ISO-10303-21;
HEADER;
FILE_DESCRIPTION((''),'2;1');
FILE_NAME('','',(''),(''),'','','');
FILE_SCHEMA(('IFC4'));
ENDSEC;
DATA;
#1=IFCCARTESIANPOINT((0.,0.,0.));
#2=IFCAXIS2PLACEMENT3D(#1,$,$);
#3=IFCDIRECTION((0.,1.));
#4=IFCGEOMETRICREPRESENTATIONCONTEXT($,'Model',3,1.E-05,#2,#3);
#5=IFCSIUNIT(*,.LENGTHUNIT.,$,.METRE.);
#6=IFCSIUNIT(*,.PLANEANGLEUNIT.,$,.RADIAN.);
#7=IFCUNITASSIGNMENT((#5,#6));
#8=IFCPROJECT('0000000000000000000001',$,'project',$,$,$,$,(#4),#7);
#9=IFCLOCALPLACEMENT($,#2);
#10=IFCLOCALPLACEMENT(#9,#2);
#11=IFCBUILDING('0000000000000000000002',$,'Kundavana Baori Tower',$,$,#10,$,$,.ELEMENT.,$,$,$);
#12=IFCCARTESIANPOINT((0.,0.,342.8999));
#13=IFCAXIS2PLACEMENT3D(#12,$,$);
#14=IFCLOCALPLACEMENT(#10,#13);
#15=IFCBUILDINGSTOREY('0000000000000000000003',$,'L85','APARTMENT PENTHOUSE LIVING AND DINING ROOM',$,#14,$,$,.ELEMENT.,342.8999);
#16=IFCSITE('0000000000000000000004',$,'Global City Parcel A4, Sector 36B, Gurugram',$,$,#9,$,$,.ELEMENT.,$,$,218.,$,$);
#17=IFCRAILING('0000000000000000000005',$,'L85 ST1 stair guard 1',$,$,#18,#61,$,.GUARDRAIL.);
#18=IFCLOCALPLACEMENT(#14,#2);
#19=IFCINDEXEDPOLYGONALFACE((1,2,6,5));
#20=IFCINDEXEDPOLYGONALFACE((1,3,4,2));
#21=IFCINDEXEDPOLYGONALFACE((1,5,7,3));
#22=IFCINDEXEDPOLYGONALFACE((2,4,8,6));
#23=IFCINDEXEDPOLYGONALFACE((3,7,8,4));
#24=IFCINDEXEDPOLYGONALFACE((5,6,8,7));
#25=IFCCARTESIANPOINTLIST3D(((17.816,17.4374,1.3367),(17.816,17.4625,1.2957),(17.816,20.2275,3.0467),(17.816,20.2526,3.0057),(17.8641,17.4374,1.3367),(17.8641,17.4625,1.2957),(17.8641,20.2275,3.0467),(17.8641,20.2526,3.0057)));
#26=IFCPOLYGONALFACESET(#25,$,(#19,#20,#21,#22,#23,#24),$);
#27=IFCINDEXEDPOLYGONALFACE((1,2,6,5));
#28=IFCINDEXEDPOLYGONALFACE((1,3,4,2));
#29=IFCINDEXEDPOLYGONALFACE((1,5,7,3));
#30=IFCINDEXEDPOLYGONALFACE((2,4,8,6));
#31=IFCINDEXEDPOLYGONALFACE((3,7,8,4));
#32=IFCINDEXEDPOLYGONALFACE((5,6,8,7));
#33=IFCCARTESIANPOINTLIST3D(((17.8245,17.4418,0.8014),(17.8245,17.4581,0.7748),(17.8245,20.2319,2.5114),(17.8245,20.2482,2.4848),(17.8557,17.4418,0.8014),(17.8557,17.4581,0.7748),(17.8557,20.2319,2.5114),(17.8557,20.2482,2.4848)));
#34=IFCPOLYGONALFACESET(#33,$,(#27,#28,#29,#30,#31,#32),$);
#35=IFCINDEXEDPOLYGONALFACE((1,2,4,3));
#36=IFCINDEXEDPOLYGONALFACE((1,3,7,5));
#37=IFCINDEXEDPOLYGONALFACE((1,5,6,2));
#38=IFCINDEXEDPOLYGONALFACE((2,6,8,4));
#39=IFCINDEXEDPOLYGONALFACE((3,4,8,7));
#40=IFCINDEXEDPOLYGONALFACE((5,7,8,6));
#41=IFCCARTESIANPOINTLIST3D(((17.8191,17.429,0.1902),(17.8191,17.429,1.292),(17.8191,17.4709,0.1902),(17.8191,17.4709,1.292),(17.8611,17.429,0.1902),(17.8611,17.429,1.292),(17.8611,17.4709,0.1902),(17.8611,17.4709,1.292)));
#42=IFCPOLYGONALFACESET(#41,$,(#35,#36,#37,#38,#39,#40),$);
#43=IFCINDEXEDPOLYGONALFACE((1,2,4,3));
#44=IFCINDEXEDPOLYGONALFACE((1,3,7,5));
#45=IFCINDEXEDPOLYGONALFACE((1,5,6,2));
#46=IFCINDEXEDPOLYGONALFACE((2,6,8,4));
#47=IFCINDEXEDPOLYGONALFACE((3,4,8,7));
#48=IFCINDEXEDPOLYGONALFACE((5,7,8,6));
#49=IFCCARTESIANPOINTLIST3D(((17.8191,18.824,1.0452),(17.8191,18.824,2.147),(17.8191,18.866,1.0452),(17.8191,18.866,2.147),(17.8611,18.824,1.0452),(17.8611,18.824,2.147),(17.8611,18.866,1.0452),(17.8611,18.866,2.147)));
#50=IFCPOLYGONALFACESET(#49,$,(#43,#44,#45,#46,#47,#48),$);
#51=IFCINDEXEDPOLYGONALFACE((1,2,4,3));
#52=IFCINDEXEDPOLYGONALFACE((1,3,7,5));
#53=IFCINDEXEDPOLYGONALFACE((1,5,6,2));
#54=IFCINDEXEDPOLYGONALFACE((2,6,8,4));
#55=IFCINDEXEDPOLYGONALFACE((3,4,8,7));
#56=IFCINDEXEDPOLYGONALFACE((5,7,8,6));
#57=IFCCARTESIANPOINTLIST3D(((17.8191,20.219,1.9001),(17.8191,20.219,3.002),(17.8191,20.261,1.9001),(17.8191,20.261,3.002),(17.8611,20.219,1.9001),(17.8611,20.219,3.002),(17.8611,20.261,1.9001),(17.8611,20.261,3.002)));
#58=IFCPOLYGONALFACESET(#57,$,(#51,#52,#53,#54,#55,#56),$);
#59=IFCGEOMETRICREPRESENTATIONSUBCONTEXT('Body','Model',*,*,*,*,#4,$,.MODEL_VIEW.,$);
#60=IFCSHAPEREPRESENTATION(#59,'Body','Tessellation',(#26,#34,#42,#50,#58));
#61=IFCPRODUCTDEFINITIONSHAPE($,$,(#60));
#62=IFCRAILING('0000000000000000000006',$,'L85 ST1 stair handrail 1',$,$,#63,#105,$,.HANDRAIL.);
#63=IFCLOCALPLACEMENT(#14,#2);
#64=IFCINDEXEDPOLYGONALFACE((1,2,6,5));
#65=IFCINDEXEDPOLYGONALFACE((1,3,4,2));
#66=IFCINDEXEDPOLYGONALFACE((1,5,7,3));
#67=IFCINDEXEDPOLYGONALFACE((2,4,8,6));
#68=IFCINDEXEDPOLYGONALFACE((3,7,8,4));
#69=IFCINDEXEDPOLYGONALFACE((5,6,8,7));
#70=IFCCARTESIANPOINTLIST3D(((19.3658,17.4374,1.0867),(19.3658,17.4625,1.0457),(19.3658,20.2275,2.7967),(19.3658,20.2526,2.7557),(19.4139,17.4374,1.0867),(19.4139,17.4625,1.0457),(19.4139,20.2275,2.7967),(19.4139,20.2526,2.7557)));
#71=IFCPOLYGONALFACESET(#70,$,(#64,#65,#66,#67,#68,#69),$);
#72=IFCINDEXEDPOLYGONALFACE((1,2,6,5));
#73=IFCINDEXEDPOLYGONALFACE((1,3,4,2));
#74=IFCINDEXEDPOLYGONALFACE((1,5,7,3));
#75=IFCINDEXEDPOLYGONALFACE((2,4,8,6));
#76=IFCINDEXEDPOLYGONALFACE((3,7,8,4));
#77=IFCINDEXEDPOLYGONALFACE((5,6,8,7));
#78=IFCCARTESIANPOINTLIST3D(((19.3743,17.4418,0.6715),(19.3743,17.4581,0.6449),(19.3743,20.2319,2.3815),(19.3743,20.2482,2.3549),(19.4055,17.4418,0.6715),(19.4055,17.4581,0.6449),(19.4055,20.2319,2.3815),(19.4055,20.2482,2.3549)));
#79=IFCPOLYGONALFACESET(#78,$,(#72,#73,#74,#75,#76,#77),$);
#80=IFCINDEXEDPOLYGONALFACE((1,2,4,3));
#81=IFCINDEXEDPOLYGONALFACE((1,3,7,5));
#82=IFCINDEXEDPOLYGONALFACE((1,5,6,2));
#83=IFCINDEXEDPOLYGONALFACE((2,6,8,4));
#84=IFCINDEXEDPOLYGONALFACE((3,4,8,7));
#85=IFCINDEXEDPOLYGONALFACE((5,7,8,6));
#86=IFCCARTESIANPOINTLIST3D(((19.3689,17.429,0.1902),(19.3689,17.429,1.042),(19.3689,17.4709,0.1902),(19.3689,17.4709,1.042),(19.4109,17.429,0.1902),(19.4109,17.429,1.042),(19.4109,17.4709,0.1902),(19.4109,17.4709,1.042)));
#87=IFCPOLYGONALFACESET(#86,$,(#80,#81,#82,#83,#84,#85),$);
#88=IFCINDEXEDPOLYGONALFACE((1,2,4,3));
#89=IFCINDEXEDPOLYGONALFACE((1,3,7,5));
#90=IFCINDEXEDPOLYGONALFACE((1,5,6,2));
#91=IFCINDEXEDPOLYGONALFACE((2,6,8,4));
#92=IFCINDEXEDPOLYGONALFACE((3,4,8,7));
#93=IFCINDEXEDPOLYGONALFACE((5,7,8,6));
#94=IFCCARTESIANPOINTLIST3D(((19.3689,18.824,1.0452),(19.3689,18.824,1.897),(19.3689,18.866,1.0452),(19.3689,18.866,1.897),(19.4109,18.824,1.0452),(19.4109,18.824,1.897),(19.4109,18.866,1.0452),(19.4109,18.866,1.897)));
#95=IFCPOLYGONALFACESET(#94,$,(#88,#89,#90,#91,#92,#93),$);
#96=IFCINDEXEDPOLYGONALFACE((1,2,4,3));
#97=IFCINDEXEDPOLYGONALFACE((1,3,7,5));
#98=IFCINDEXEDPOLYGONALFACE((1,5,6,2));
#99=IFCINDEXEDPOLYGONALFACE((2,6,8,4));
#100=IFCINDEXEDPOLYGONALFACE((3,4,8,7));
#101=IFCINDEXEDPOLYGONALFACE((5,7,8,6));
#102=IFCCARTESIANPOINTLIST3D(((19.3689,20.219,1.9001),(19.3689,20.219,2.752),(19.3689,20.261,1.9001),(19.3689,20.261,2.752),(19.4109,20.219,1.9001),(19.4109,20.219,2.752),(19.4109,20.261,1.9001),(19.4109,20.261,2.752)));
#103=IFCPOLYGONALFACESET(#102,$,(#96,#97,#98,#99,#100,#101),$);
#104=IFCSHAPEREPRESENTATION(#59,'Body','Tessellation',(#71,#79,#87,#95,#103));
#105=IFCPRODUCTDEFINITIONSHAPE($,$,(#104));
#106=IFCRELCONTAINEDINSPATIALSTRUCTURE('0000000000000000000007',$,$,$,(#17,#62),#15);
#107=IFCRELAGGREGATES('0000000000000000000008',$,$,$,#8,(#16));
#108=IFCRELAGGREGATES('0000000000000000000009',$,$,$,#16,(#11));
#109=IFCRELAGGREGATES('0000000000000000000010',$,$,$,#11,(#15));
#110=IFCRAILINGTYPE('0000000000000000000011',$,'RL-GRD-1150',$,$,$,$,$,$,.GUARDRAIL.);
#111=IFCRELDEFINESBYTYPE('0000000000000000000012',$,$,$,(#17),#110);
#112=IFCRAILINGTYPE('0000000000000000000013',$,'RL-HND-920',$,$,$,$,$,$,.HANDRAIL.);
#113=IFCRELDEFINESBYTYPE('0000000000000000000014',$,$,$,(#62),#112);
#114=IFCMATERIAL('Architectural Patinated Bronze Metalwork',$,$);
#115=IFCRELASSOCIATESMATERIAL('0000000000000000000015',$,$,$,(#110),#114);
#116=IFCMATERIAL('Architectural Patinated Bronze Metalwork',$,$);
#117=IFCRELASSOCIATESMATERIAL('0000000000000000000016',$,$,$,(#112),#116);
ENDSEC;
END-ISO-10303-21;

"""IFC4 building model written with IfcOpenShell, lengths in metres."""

from ifc_helpers import new_model, si_unit, direction, frame, origin, origin_2d, place, context, subcontext, project, spatial, rectangle, extrude, material, type_object, element, save


model = new_model("IFC4")

# Units and contexts
model_context = context("Model", 3, precision=1e-05, world=origin(), true_north=direction((0.0, 1.0)))
body_context = subcontext(model_context, "Body", "Model", "MODEL_VIEW")
ifc_project = project(units=[si_unit("LENGTHUNIT", "METRE"), si_unit("PLANEANGLEUNIT", "RADIAN")], contexts=[model_context])

# Site, building, storey
site_placement = place(None, origin())
site = spatial("IfcSite", under=ifc_project, at=site_placement, Name="Global City Parcel A4, Sector 36B, Gurugram", CompositionType="ELEMENT", RefElevation=218.0)
building_placement = place(site_placement, origin())
building = spatial("IfcBuilding", under=site, at=building_placement, Name="Kundavana Baori Tower", CompositionType="ELEMENT")
storey_placement = place(building_placement, frame((0.0, 0.0, 342.8999)))
storey = spatial("IfcBuildingStorey", under=building, at=storey_placement, Name="L85", Description="APARTMENT PENTHOUSE LIVING AND DINING ROOM", CompositionType="ELEMENT", Elevation=342.8999)

# Railings
ifc_material_1 = material(Name="Architectural Patinated Bronze Metalwork")
railing_type_1 = type_object("IfcRailingType", Name="RL-GRD-1150", PredefinedType="GUARDRAIL", material=ifc_material_1)
railing_1_placement = place(storey_placement, frame((17.8401, 17.45, 0.1902)))
element("IfcRailing", 1, at=railing_1_placement, inside=storey, type_object=railing_type_1, Name="L85 ST1 stair guard 1", PredefinedType="GUARDRAIL", context=body_context, shape_type="SweptSolid", body=[
    extrude(rectangle(XDim=0.0481, YDim=0.0481, at=origin_2d()), frame((0.0, 0.0, 1.126), z_axis=(0.0, 0.85261, 0.522548), x_axis=(-1.0, 0.0, 0.0)), (0.0, 0.0, 1.0), 3.2725),
    extrude(rectangle(XDim=0.0312, YDim=0.0312, at=origin_2d()), frame((0.0, 0.0, 0.5979), z_axis=(0.0, 0.85261, 0.522548), x_axis=(-1.0, 0.0, 0.0)), (0.0, 0.0, 1.0), 3.2725),
    extrude(rectangle(XDim=0.042, YDim=0.042, at=origin_2d()), origin(), (0.0, 0.0, 1.0), 1.1018),
    extrude(rectangle(XDim=0.042, YDim=0.042, at=origin_2d()), frame((0.0, 1.395, 0.855)), (0.0, 0.0, 1.0), 1.1018),
    extrude(rectangle(XDim=0.042, YDim=0.042, at=origin_2d()), frame((0.0, 2.79, 1.71)), (0.0, 0.0, 1.0), 1.1018),
])
ifc_material_2 = material(Name="Architectural Patinated Bronze Metalwork")
railing_type_2 = type_object("IfcRailingType", Name="RL-HND-920", PredefinedType="HANDRAIL", material=ifc_material_2)
railing_2_placement = place(storey_placement, frame((19.3899, 17.45, 0.1902)))
element("IfcRailing", 2, at=railing_2_placement, inside=storey, type_object=railing_type_2, Name="L85 ST1 stair handrail 1", PredefinedType="HANDRAIL", context=body_context, shape_type="SweptSolid", body=[
    extrude(rectangle(XDim=0.0481, YDim=0.0481, at=origin_2d()), frame((0.0, 0.0, 0.876), z_axis=(0.0, 0.85261, 0.522548), x_axis=(-1.0, 0.0, 0.0)), (0.0, 0.0, 1.0), 3.2725),
    extrude(rectangle(XDim=0.0312, YDim=0.0312, at=origin_2d()), frame((0.0, 0.0, 0.468), z_axis=(0.0, 0.85261, 0.522548), x_axis=(-1.0, 0.0, 0.0)), (0.0, 0.0, 1.0), 3.2725),
    extrude(rectangle(XDim=0.042, YDim=0.042, at=origin_2d()), origin(), (0.0, 0.0, 1.0), 0.8518),
    extrude(rectangle(XDim=0.042, YDim=0.042, at=origin_2d()), frame((0.0, 1.395, 0.855)), (0.0, 0.0, 1.0), 0.8518),
    extrude(rectangle(XDim=0.042, YDim=0.042, at=origin_2d()), frame((0.0, 2.79, 1.71)), (0.0, 0.0, 1.0), 0.8518),
])

save(model, "model.ifc")
